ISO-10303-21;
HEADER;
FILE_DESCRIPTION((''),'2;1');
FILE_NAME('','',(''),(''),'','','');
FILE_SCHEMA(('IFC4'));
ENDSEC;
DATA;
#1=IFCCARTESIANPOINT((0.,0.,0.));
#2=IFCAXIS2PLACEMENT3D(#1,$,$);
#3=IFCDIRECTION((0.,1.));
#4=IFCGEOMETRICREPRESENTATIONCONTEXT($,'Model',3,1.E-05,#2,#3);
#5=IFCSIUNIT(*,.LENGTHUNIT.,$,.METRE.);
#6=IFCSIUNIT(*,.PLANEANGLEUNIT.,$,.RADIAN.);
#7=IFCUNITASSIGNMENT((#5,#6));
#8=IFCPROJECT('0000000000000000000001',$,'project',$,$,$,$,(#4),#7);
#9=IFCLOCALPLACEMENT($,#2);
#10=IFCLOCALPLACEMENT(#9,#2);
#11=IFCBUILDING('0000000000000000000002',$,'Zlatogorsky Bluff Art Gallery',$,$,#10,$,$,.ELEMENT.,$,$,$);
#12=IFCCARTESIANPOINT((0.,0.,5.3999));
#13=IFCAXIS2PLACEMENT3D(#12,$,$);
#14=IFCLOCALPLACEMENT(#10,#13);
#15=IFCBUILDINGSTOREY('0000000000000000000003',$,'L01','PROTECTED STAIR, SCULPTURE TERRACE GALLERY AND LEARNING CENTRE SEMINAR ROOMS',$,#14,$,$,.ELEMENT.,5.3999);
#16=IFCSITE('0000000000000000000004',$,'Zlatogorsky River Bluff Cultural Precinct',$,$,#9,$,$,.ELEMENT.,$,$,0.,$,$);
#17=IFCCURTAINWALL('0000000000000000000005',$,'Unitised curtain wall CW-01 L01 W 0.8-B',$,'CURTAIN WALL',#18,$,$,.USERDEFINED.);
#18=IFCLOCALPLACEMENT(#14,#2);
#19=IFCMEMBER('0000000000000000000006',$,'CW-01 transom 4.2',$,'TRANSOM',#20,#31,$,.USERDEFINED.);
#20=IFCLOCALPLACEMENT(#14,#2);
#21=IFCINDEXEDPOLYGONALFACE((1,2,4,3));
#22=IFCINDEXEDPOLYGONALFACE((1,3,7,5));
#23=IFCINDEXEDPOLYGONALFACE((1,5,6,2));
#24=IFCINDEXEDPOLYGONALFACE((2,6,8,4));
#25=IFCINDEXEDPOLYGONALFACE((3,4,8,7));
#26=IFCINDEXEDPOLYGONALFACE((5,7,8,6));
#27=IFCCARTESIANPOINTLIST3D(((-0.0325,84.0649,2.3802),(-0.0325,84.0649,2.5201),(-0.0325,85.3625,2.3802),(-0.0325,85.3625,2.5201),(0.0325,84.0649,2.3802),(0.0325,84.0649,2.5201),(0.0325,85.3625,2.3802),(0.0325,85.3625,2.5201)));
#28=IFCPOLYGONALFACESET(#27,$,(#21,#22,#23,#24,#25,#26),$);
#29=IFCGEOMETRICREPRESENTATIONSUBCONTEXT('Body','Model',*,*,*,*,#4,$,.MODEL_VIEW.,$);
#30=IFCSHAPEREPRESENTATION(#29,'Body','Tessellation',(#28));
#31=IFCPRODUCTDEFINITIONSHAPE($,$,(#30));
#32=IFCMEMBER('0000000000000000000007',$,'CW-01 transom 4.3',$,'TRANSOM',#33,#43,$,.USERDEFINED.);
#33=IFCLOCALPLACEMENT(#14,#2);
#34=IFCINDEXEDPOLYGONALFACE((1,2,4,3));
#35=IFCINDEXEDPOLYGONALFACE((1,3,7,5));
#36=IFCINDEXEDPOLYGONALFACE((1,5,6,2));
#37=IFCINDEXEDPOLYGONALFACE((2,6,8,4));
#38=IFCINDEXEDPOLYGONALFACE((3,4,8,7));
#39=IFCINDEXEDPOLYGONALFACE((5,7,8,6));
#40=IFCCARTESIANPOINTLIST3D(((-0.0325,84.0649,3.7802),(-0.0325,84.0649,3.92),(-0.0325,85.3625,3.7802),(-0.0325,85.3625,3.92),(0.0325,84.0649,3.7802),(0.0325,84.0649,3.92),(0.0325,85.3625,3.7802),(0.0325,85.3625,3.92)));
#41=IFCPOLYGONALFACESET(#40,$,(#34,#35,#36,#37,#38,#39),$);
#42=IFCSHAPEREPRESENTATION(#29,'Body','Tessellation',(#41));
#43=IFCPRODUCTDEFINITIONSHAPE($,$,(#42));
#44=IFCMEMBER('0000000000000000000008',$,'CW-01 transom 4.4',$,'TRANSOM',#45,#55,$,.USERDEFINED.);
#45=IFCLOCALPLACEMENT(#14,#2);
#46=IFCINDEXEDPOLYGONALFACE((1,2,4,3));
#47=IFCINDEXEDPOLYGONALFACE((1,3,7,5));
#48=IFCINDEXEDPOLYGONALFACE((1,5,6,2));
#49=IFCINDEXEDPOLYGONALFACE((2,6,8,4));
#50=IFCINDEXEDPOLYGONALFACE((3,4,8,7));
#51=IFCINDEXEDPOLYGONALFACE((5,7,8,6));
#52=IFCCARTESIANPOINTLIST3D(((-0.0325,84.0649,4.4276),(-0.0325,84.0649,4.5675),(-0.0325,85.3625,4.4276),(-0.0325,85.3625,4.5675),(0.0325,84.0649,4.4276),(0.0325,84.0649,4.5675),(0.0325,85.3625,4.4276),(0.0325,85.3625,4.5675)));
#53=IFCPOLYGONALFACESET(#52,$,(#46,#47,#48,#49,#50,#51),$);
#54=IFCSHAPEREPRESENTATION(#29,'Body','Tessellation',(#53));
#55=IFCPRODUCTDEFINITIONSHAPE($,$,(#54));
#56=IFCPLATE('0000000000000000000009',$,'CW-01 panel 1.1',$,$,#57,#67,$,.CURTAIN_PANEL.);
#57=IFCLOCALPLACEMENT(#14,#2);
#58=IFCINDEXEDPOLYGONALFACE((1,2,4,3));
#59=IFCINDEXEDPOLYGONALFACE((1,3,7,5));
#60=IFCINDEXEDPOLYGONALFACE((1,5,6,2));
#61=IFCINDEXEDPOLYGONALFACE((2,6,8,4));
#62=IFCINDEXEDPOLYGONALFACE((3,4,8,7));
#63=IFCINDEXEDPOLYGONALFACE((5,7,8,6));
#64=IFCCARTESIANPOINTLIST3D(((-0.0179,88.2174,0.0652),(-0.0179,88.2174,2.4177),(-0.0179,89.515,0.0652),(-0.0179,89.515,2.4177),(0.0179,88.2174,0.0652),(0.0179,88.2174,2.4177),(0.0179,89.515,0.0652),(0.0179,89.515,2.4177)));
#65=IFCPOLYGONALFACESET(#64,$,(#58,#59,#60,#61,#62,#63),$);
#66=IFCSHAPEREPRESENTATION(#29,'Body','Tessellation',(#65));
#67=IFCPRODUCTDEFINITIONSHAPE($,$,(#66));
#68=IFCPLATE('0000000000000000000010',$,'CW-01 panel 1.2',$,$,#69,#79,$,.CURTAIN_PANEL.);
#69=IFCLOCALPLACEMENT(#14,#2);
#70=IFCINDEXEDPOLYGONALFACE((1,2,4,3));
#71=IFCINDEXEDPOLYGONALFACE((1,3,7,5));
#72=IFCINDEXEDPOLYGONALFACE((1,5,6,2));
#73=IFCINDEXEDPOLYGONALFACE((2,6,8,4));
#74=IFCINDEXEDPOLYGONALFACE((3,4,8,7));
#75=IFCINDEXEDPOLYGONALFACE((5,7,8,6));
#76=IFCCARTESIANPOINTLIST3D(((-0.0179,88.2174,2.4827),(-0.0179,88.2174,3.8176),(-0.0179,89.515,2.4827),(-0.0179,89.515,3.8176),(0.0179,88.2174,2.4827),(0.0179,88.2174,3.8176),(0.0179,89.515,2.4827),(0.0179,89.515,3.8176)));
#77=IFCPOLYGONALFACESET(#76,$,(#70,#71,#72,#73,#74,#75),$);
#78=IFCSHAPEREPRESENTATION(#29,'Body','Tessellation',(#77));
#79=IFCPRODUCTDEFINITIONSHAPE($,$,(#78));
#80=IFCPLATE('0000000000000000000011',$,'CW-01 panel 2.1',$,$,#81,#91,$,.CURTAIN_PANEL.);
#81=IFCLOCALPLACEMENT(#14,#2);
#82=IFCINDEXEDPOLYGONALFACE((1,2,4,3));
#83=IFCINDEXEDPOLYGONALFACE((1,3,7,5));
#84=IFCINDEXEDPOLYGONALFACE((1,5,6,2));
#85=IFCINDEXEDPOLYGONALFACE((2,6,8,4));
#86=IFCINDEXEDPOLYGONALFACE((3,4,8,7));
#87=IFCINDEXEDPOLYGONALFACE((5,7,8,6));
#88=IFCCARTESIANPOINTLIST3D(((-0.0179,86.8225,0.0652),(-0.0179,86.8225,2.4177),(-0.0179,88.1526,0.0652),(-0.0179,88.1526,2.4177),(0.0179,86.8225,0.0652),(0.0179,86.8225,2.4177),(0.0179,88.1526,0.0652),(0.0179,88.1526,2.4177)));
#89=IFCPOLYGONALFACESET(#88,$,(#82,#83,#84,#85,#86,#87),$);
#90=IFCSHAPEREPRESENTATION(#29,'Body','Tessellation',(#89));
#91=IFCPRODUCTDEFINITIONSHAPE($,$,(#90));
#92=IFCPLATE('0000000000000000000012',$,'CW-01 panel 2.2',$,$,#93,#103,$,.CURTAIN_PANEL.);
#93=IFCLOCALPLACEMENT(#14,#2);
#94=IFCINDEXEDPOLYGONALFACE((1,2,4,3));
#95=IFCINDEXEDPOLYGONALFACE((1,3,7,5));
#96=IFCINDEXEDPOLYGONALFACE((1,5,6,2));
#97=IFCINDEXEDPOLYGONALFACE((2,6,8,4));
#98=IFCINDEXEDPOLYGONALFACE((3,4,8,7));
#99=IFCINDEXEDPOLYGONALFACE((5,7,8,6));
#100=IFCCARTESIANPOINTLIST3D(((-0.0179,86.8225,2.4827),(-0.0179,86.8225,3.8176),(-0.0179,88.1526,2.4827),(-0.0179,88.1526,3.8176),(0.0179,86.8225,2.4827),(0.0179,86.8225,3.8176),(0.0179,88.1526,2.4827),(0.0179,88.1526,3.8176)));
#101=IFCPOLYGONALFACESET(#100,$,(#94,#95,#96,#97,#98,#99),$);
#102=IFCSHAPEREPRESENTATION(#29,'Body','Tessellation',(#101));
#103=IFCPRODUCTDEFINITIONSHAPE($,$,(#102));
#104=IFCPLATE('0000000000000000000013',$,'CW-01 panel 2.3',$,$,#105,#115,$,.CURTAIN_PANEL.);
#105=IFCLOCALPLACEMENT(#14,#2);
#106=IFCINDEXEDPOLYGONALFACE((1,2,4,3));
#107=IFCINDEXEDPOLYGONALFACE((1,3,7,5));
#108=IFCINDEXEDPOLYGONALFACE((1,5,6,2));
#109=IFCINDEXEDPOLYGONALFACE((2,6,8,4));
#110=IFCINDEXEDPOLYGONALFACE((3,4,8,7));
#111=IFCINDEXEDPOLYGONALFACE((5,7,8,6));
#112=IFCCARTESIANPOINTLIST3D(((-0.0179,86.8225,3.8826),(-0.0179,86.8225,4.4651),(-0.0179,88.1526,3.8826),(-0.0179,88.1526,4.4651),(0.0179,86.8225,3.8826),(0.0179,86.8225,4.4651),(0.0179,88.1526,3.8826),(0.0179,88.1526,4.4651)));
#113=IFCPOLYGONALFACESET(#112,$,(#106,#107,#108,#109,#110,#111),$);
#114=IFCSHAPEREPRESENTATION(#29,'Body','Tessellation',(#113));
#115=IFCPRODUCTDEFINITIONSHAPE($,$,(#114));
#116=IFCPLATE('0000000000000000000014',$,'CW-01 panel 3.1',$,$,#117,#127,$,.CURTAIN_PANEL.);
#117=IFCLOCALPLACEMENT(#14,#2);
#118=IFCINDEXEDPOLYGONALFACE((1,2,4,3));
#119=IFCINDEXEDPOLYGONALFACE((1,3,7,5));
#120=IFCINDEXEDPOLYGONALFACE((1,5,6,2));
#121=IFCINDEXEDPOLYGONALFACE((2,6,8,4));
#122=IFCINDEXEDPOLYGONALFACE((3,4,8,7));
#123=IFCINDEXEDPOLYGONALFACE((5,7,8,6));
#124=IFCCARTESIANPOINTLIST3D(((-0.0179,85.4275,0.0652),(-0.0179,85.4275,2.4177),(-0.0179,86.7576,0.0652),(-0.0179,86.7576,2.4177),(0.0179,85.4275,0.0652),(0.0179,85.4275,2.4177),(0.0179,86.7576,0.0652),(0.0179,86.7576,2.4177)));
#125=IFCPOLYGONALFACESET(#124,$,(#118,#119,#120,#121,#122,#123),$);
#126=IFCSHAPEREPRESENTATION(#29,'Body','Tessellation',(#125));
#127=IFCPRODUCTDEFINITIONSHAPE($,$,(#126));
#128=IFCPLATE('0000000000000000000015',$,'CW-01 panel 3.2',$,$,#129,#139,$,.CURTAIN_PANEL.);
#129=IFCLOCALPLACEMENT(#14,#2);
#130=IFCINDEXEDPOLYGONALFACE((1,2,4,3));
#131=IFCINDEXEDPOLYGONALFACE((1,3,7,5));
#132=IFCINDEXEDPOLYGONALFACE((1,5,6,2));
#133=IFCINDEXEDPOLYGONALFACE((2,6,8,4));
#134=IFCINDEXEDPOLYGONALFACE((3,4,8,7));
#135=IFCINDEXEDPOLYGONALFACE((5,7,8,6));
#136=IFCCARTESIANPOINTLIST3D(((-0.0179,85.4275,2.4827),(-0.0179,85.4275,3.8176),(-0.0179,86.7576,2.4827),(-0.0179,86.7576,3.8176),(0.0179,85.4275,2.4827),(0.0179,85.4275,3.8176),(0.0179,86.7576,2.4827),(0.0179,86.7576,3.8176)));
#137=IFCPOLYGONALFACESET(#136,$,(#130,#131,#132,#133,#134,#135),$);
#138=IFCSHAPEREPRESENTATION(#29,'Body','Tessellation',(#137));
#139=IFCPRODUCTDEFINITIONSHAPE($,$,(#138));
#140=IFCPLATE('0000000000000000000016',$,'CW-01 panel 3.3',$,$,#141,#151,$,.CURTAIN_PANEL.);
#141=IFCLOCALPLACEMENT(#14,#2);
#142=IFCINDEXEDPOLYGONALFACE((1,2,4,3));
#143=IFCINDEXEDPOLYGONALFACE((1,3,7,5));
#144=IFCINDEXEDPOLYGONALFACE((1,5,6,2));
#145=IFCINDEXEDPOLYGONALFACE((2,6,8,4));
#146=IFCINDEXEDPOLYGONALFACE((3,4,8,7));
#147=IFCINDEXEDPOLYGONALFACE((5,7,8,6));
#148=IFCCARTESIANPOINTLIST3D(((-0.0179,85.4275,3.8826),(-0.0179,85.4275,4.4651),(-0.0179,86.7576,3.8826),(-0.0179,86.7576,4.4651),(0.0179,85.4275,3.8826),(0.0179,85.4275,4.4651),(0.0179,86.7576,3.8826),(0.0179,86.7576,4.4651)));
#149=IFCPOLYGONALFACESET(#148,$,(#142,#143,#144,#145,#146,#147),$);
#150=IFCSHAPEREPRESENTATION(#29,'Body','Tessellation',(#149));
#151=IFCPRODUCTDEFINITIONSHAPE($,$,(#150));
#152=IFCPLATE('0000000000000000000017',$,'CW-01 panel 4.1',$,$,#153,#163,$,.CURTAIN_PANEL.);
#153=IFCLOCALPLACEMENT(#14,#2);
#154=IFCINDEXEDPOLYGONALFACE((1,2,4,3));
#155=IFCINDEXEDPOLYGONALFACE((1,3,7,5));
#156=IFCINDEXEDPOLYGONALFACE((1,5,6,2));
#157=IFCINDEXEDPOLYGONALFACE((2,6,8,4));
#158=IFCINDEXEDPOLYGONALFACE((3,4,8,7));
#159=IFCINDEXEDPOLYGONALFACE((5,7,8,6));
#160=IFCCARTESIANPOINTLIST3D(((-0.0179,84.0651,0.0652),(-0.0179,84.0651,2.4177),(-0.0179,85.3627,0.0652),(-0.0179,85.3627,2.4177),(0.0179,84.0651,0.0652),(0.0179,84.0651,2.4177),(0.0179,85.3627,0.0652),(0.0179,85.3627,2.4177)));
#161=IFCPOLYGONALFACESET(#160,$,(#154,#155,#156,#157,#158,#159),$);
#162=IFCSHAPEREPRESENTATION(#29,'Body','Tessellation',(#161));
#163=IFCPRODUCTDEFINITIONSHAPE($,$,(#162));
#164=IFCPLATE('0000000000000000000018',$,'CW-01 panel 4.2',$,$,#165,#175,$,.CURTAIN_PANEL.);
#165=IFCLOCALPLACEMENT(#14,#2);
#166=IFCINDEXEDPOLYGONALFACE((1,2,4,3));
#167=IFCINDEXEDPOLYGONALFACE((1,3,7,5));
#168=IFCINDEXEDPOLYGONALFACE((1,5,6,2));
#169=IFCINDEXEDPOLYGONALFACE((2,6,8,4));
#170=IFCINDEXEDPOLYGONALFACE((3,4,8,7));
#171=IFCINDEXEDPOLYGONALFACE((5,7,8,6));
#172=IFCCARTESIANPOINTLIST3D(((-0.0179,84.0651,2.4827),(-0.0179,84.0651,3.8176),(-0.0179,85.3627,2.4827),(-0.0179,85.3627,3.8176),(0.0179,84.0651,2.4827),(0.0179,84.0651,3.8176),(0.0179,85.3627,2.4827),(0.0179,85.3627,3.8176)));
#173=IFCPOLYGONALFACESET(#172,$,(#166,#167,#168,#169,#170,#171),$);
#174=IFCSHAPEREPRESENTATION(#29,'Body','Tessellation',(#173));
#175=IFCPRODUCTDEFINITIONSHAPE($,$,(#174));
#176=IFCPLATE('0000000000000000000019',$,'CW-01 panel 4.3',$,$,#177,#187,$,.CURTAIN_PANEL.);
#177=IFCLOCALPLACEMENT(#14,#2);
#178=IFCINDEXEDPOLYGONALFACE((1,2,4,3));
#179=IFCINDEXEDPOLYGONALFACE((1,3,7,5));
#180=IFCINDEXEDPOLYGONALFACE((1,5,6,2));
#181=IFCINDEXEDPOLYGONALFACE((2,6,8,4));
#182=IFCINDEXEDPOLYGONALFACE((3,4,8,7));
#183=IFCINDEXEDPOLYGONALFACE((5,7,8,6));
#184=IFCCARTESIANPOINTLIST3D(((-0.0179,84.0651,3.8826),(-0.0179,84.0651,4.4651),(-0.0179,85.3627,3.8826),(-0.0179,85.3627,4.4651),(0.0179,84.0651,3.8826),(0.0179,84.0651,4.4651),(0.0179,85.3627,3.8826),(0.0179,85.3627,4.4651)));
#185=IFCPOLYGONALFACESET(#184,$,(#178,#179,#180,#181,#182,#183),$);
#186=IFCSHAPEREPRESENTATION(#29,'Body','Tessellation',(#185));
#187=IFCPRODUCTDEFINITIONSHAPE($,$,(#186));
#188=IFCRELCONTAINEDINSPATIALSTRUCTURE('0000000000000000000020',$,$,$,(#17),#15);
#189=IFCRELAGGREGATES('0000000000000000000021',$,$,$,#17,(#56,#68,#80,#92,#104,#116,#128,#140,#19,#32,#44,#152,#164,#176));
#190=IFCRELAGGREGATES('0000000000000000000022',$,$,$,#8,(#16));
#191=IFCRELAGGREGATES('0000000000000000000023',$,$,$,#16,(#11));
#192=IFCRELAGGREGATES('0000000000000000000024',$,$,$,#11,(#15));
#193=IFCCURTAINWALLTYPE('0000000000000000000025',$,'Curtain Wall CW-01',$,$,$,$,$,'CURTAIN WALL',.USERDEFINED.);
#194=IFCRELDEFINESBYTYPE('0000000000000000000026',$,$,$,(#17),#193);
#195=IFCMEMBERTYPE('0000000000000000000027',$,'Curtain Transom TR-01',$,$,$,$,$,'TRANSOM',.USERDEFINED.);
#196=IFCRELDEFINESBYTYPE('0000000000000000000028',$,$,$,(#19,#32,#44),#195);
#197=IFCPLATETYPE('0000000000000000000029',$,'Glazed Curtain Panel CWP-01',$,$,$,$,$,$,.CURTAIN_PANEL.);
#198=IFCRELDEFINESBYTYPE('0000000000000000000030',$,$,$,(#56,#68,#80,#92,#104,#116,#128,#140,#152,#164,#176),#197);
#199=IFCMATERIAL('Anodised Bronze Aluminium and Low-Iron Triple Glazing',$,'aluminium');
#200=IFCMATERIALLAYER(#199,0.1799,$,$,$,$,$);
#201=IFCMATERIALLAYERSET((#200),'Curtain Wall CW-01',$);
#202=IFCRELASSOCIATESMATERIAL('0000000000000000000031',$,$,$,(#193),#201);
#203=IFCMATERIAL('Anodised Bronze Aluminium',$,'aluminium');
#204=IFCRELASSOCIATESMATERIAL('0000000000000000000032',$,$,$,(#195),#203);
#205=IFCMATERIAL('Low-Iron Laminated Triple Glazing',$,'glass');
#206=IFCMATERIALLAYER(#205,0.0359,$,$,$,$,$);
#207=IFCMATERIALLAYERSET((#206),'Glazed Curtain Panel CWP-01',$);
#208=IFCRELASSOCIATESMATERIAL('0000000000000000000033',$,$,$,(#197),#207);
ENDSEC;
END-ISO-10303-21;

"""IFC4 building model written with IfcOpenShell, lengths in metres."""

from ifc_helpers import new_model, si_unit, direction, frame, origin, origin_2d, place, context, subcontext, project, spatial, rectangle, extrude, material, layer, layer_set, material_profile, profile_set, type_object, element, aggregate, save


model = new_model("IFC4")

# Units and contexts
model_context = context("Model", 3, precision=1e-05, world=origin(), true_north=direction((0.0, 1.0)))
body_context = subcontext(model_context, "Body", "Model", "MODEL_VIEW")
ifc_project = project(units=[si_unit("LENGTHUNIT", "METRE"), si_unit("PLANEANGLEUNIT", "RADIAN")], contexts=[model_context])

# Site, building, storey
site_placement = place(None, origin())
site = spatial("IfcSite", under=ifc_project, at=site_placement, Name="Zlatogorsky River Bluff Cultural Precinct", CompositionType="ELEMENT", RefElevation=0.0)
building_placement = place(site_placement, origin())
building = spatial("IfcBuilding", under=site, at=building_placement, Name="Zlatogorsky Bluff Art Gallery", CompositionType="ELEMENT")
storey_placement = place(building_placement, frame((0.0, 0.0, 5.3999)))
storey = spatial("IfcBuildingStorey", under=building, at=storey_placement, Name="L01", Description="PROTECTED STAIR, SCULPTURE TERRACE GALLERY AND LEARNING CENTRE SEMINAR ROOMS", CompositionType="ELEMENT", Elevation=5.3999)

# Curtain wall, members, plates
ifc_material_1 = material(Name="Anodised Bronze Aluminium and Low-Iron Triple Glazing", Category="aluminium")
ifc_layer_1 = layer(ifc_material_1, 0.1799)
ifc_layer_set_1 = layer_set([ifc_layer_1], Name="Curtain Wall CW-01")
curtain_wall_type = type_object("IfcCurtainWallType", Name="Curtain Wall CW-01", ElementType="CURTAIN WALL", PredefinedType="USERDEFINED", material=ifc_layer_set_1)
curtain_wall_placement = place(storey_placement, origin())
curtain_wall = element("IfcCurtainWall", 1, at=curtain_wall_placement, inside=storey, type_object=curtain_wall_type, Name="Unitised curtain wall CW-01 L01 W 0.8-B", ObjectType="CURTAIN WALL", PredefinedType="USERDEFINED")
ifc_material_2 = material(Name="Anodised Bronze Aluminium", Category="aluminium")
ifc_material_profile_1 = material_profile(ifc_material_2, rectangle(XDim=0.0649, YDim=0.1399, at=origin_2d()), Name="ALU TRANSOM 65x140")
ifc_profile_set_1 = profile_set([ifc_material_profile_1], Name="Anodised Bronze Aluminium")
member_type_1 = type_object("IfcMemberType", Name="Curtain Transom TR-01", ElementType="TRANSOM", PredefinedType="USERDEFINED", material=ifc_profile_set_1)
member_1_placement = place(storey_placement, frame((0.0, 85.3625, 2.4502), z_axis=(0.0, -1.0, 0.0), x_axis=(1.0, 0.0, 0.0)))
member_1 = element("IfcMember", 2, at=member_1_placement, type_object=member_type_1, Name="CW-01 transom 4.2", ObjectType="TRANSOM", PredefinedType="USERDEFINED", context=body_context, shape_type="SweptSolid", body=[
    extrude(rectangle(XDim=0.0649, YDim=0.1399, at=origin_2d()), origin(), (0.0, 0.0, 1.0), 1.2976),
])
member_2_placement = place(storey_placement, frame((0.0, 85.3625, 3.8501), z_axis=(0.0, -1.0, 0.0), x_axis=(1.0, 0.0, 0.0)))
member_2 = element("IfcMember", 3, at=member_2_placement, type_object=member_type_1, Name="CW-01 transom 4.3", ObjectType="TRANSOM", PredefinedType="USERDEFINED", context=body_context, shape_type="SweptSolid", body=[
    extrude(rectangle(XDim=0.0649, YDim=0.1399, at=origin_2d()), origin(), (0.0, 0.0, 1.0), 1.2976),
])
member_3_placement = place(storey_placement, frame((0.0, 85.3625, 4.4976), z_axis=(0.0, -1.0, 0.0), x_axis=(1.0, 0.0, 0.0)))
member_3 = element("IfcMember", 4, at=member_3_placement, type_object=member_type_1, Name="CW-01 transom 4.4", ObjectType="TRANSOM", PredefinedType="USERDEFINED", context=body_context, shape_type="SweptSolid", body=[
    extrude(rectangle(XDim=0.0649, YDim=0.1399, at=origin_2d()), origin(), (0.0, 0.0, 1.0), 1.2976),
])
ifc_material_3 = material(Name="Low-Iron Laminated Triple Glazing", Category="glass")
ifc_layer_2 = layer(ifc_material_3, 0.0359)
ifc_layer_set_2 = layer_set([ifc_layer_2], Name="Glazed Curtain Panel CWP-01")
plate_type = type_object("IfcPlateType", Name="Glazed Curtain Panel CWP-01", PredefinedType="CURTAIN_PANEL", material=ifc_layer_set_2)
plate_1_placement = place(storey_placement, frame((0.0, 88.8662, 0.0652), z_axis=(0.0, 0.0, 1.0), x_axis=(0.0, -1.0, 0.0)))
plate_1 = element("IfcPlate", 5, at=plate_1_placement, type_object=plate_type, Name="CW-01 panel 1.1", PredefinedType="CURTAIN_PANEL", context=body_context, shape_type="SweptSolid", body=[
    extrude(rectangle(XDim=1.2976, YDim=0.0359, at=origin_2d()), origin(), (0.0, 0.0, 1.0), 2.3525),
])
plate_2_placement = place(storey_placement, frame((0.0, 88.8662, 2.4827), z_axis=(0.0, 0.0, 1.0), x_axis=(0.0, -1.0, 0.0)))
plate_2 = element("IfcPlate", 6, at=plate_2_placement, type_object=plate_type, Name="CW-01 panel 1.2", PredefinedType="CURTAIN_PANEL", context=body_context, shape_type="SweptSolid", body=[
    extrude(rectangle(XDim=1.2976, YDim=0.0359, at=origin_2d()), origin(), (0.0, 0.0, 1.0), 1.335),
])
plate_3_placement = place(storey_placement, frame((0.0, 87.4875, 0.0652), z_axis=(0.0, 0.0, 1.0), x_axis=(0.0, -1.0, 0.0)))
plate_3 = element("IfcPlate", 7, at=plate_3_placement, type_object=plate_type, Name="CW-01 panel 2.1", PredefinedType="CURTAIN_PANEL", context=body_context, shape_type="SweptSolid", body=[
    extrude(rectangle(XDim=1.3301, YDim=0.0359, at=origin_2d()), origin(), (0.0, 0.0, 1.0), 2.3525),
])
plate_4_placement = place(storey_placement, frame((0.0, 87.4875, 2.4827), z_axis=(0.0, 0.0, 1.0), x_axis=(0.0, -1.0, 0.0)))
plate_4 = element("IfcPlate", 8, at=plate_4_placement, type_object=plate_type, Name="CW-01 panel 2.2", PredefinedType="CURTAIN_PANEL", context=body_context, shape_type="SweptSolid", body=[
    extrude(rectangle(XDim=1.3301, YDim=0.0359, at=origin_2d()), origin(), (0.0, 0.0, 1.0), 1.335),
])
plate_5_placement = place(storey_placement, frame((0.0, 87.4875, 3.8826), z_axis=(0.0, 0.0, 1.0), x_axis=(0.0, -1.0, 0.0)))
plate_5 = element("IfcPlate", 9, at=plate_5_placement, type_object=plate_type, Name="CW-01 panel 2.3", PredefinedType="CURTAIN_PANEL", context=body_context, shape_type="SweptSolid", body=[
    extrude(rectangle(XDim=1.3301, YDim=0.0359, at=origin_2d()), origin(), (0.0, 0.0, 1.0), 0.5825),
])
plate_6_placement = place(storey_placement, frame((0.0, 86.0925, 0.0652), z_axis=(0.0, 0.0, 1.0), x_axis=(0.0, -1.0, 0.0)))
plate_6 = element("IfcPlate", 10, at=plate_6_placement, type_object=plate_type, Name="CW-01 panel 3.1", PredefinedType="CURTAIN_PANEL", context=body_context, shape_type="SweptSolid", body=[
    extrude(rectangle(XDim=1.3301, YDim=0.0359, at=origin_2d()), origin(), (0.0, 0.0, 1.0), 2.3525),
])
plate_7_placement = place(storey_placement, frame((0.0, 86.0925, 2.4827), z_axis=(0.0, 0.0, 1.0), x_axis=(0.0, -1.0, 0.0)))
plate_7 = element("IfcPlate", 11, at=plate_7_placement, type_object=plate_type, Name="CW-01 panel 3.2", PredefinedType="CURTAIN_PANEL", context=body_context, shape_type="SweptSolid", body=[
    extrude(rectangle(XDim=1.3301, YDim=0.0359, at=origin_2d()), origin(), (0.0, 0.0, 1.0), 1.335),
])
plate_8_placement = place(storey_placement, frame((0.0, 86.0925, 3.8826), z_axis=(0.0, 0.0, 1.0), x_axis=(0.0, -1.0, 0.0)))
plate_8 = element("IfcPlate", 12, at=plate_8_placement, type_object=plate_type, Name="CW-01 panel 3.3", PredefinedType="CURTAIN_PANEL", context=body_context, shape_type="SweptSolid", body=[
    extrude(rectangle(XDim=1.3301, YDim=0.0359, at=origin_2d()), origin(), (0.0, 0.0, 1.0), 0.5825),
])
plate_9_placement = place(storey_placement, frame((0.0, 84.7139, 0.0652), z_axis=(0.0, 0.0, 1.0), x_axis=(0.0, -1.0, 0.0)))
plate_9 = element("IfcPlate", 13, at=plate_9_placement, type_object=plate_type, Name="CW-01 panel 4.1", PredefinedType="CURTAIN_PANEL", context=body_context, shape_type="SweptSolid", body=[
    extrude(rectangle(XDim=1.2976, YDim=0.0359, at=origin_2d()), origin(), (0.0, 0.0, 1.0), 2.3525),
])
plate_10_placement = place(storey_placement, frame((0.0, 84.7139, 2.4827), z_axis=(0.0, 0.0, 1.0), x_axis=(0.0, -1.0, 0.0)))
plate_10 = element("IfcPlate", 14, at=plate_10_placement, type_object=plate_type, Name="CW-01 panel 4.2", PredefinedType="CURTAIN_PANEL", context=body_context, shape_type="SweptSolid", body=[
    extrude(rectangle(XDim=1.2976, YDim=0.0359, at=origin_2d()), origin(), (0.0, 0.0, 1.0), 1.335),
])
plate_11_placement = place(storey_placement, frame((0.0, 84.7139, 3.8826), z_axis=(0.0, 0.0, 1.0), x_axis=(0.0, -1.0, 0.0)))
plate_11 = element("IfcPlate", 15, at=plate_11_placement, type_object=plate_type, Name="CW-01 panel 4.3", PredefinedType="CURTAIN_PANEL", context=body_context, shape_type="SweptSolid", body=[
    extrude(rectangle(XDim=1.2976, YDim=0.0359, at=origin_2d()), origin(), (0.0, 0.0, 1.0), 0.5825),
])
aggregate(curtain_wall, [plate_1, plate_2, plate_3, plate_4, plate_5, plate_6, plate_7, plate_8, member_1, member_2, member_3, plate_9, plate_10, plate_11])

save(model, "model.ifc")
